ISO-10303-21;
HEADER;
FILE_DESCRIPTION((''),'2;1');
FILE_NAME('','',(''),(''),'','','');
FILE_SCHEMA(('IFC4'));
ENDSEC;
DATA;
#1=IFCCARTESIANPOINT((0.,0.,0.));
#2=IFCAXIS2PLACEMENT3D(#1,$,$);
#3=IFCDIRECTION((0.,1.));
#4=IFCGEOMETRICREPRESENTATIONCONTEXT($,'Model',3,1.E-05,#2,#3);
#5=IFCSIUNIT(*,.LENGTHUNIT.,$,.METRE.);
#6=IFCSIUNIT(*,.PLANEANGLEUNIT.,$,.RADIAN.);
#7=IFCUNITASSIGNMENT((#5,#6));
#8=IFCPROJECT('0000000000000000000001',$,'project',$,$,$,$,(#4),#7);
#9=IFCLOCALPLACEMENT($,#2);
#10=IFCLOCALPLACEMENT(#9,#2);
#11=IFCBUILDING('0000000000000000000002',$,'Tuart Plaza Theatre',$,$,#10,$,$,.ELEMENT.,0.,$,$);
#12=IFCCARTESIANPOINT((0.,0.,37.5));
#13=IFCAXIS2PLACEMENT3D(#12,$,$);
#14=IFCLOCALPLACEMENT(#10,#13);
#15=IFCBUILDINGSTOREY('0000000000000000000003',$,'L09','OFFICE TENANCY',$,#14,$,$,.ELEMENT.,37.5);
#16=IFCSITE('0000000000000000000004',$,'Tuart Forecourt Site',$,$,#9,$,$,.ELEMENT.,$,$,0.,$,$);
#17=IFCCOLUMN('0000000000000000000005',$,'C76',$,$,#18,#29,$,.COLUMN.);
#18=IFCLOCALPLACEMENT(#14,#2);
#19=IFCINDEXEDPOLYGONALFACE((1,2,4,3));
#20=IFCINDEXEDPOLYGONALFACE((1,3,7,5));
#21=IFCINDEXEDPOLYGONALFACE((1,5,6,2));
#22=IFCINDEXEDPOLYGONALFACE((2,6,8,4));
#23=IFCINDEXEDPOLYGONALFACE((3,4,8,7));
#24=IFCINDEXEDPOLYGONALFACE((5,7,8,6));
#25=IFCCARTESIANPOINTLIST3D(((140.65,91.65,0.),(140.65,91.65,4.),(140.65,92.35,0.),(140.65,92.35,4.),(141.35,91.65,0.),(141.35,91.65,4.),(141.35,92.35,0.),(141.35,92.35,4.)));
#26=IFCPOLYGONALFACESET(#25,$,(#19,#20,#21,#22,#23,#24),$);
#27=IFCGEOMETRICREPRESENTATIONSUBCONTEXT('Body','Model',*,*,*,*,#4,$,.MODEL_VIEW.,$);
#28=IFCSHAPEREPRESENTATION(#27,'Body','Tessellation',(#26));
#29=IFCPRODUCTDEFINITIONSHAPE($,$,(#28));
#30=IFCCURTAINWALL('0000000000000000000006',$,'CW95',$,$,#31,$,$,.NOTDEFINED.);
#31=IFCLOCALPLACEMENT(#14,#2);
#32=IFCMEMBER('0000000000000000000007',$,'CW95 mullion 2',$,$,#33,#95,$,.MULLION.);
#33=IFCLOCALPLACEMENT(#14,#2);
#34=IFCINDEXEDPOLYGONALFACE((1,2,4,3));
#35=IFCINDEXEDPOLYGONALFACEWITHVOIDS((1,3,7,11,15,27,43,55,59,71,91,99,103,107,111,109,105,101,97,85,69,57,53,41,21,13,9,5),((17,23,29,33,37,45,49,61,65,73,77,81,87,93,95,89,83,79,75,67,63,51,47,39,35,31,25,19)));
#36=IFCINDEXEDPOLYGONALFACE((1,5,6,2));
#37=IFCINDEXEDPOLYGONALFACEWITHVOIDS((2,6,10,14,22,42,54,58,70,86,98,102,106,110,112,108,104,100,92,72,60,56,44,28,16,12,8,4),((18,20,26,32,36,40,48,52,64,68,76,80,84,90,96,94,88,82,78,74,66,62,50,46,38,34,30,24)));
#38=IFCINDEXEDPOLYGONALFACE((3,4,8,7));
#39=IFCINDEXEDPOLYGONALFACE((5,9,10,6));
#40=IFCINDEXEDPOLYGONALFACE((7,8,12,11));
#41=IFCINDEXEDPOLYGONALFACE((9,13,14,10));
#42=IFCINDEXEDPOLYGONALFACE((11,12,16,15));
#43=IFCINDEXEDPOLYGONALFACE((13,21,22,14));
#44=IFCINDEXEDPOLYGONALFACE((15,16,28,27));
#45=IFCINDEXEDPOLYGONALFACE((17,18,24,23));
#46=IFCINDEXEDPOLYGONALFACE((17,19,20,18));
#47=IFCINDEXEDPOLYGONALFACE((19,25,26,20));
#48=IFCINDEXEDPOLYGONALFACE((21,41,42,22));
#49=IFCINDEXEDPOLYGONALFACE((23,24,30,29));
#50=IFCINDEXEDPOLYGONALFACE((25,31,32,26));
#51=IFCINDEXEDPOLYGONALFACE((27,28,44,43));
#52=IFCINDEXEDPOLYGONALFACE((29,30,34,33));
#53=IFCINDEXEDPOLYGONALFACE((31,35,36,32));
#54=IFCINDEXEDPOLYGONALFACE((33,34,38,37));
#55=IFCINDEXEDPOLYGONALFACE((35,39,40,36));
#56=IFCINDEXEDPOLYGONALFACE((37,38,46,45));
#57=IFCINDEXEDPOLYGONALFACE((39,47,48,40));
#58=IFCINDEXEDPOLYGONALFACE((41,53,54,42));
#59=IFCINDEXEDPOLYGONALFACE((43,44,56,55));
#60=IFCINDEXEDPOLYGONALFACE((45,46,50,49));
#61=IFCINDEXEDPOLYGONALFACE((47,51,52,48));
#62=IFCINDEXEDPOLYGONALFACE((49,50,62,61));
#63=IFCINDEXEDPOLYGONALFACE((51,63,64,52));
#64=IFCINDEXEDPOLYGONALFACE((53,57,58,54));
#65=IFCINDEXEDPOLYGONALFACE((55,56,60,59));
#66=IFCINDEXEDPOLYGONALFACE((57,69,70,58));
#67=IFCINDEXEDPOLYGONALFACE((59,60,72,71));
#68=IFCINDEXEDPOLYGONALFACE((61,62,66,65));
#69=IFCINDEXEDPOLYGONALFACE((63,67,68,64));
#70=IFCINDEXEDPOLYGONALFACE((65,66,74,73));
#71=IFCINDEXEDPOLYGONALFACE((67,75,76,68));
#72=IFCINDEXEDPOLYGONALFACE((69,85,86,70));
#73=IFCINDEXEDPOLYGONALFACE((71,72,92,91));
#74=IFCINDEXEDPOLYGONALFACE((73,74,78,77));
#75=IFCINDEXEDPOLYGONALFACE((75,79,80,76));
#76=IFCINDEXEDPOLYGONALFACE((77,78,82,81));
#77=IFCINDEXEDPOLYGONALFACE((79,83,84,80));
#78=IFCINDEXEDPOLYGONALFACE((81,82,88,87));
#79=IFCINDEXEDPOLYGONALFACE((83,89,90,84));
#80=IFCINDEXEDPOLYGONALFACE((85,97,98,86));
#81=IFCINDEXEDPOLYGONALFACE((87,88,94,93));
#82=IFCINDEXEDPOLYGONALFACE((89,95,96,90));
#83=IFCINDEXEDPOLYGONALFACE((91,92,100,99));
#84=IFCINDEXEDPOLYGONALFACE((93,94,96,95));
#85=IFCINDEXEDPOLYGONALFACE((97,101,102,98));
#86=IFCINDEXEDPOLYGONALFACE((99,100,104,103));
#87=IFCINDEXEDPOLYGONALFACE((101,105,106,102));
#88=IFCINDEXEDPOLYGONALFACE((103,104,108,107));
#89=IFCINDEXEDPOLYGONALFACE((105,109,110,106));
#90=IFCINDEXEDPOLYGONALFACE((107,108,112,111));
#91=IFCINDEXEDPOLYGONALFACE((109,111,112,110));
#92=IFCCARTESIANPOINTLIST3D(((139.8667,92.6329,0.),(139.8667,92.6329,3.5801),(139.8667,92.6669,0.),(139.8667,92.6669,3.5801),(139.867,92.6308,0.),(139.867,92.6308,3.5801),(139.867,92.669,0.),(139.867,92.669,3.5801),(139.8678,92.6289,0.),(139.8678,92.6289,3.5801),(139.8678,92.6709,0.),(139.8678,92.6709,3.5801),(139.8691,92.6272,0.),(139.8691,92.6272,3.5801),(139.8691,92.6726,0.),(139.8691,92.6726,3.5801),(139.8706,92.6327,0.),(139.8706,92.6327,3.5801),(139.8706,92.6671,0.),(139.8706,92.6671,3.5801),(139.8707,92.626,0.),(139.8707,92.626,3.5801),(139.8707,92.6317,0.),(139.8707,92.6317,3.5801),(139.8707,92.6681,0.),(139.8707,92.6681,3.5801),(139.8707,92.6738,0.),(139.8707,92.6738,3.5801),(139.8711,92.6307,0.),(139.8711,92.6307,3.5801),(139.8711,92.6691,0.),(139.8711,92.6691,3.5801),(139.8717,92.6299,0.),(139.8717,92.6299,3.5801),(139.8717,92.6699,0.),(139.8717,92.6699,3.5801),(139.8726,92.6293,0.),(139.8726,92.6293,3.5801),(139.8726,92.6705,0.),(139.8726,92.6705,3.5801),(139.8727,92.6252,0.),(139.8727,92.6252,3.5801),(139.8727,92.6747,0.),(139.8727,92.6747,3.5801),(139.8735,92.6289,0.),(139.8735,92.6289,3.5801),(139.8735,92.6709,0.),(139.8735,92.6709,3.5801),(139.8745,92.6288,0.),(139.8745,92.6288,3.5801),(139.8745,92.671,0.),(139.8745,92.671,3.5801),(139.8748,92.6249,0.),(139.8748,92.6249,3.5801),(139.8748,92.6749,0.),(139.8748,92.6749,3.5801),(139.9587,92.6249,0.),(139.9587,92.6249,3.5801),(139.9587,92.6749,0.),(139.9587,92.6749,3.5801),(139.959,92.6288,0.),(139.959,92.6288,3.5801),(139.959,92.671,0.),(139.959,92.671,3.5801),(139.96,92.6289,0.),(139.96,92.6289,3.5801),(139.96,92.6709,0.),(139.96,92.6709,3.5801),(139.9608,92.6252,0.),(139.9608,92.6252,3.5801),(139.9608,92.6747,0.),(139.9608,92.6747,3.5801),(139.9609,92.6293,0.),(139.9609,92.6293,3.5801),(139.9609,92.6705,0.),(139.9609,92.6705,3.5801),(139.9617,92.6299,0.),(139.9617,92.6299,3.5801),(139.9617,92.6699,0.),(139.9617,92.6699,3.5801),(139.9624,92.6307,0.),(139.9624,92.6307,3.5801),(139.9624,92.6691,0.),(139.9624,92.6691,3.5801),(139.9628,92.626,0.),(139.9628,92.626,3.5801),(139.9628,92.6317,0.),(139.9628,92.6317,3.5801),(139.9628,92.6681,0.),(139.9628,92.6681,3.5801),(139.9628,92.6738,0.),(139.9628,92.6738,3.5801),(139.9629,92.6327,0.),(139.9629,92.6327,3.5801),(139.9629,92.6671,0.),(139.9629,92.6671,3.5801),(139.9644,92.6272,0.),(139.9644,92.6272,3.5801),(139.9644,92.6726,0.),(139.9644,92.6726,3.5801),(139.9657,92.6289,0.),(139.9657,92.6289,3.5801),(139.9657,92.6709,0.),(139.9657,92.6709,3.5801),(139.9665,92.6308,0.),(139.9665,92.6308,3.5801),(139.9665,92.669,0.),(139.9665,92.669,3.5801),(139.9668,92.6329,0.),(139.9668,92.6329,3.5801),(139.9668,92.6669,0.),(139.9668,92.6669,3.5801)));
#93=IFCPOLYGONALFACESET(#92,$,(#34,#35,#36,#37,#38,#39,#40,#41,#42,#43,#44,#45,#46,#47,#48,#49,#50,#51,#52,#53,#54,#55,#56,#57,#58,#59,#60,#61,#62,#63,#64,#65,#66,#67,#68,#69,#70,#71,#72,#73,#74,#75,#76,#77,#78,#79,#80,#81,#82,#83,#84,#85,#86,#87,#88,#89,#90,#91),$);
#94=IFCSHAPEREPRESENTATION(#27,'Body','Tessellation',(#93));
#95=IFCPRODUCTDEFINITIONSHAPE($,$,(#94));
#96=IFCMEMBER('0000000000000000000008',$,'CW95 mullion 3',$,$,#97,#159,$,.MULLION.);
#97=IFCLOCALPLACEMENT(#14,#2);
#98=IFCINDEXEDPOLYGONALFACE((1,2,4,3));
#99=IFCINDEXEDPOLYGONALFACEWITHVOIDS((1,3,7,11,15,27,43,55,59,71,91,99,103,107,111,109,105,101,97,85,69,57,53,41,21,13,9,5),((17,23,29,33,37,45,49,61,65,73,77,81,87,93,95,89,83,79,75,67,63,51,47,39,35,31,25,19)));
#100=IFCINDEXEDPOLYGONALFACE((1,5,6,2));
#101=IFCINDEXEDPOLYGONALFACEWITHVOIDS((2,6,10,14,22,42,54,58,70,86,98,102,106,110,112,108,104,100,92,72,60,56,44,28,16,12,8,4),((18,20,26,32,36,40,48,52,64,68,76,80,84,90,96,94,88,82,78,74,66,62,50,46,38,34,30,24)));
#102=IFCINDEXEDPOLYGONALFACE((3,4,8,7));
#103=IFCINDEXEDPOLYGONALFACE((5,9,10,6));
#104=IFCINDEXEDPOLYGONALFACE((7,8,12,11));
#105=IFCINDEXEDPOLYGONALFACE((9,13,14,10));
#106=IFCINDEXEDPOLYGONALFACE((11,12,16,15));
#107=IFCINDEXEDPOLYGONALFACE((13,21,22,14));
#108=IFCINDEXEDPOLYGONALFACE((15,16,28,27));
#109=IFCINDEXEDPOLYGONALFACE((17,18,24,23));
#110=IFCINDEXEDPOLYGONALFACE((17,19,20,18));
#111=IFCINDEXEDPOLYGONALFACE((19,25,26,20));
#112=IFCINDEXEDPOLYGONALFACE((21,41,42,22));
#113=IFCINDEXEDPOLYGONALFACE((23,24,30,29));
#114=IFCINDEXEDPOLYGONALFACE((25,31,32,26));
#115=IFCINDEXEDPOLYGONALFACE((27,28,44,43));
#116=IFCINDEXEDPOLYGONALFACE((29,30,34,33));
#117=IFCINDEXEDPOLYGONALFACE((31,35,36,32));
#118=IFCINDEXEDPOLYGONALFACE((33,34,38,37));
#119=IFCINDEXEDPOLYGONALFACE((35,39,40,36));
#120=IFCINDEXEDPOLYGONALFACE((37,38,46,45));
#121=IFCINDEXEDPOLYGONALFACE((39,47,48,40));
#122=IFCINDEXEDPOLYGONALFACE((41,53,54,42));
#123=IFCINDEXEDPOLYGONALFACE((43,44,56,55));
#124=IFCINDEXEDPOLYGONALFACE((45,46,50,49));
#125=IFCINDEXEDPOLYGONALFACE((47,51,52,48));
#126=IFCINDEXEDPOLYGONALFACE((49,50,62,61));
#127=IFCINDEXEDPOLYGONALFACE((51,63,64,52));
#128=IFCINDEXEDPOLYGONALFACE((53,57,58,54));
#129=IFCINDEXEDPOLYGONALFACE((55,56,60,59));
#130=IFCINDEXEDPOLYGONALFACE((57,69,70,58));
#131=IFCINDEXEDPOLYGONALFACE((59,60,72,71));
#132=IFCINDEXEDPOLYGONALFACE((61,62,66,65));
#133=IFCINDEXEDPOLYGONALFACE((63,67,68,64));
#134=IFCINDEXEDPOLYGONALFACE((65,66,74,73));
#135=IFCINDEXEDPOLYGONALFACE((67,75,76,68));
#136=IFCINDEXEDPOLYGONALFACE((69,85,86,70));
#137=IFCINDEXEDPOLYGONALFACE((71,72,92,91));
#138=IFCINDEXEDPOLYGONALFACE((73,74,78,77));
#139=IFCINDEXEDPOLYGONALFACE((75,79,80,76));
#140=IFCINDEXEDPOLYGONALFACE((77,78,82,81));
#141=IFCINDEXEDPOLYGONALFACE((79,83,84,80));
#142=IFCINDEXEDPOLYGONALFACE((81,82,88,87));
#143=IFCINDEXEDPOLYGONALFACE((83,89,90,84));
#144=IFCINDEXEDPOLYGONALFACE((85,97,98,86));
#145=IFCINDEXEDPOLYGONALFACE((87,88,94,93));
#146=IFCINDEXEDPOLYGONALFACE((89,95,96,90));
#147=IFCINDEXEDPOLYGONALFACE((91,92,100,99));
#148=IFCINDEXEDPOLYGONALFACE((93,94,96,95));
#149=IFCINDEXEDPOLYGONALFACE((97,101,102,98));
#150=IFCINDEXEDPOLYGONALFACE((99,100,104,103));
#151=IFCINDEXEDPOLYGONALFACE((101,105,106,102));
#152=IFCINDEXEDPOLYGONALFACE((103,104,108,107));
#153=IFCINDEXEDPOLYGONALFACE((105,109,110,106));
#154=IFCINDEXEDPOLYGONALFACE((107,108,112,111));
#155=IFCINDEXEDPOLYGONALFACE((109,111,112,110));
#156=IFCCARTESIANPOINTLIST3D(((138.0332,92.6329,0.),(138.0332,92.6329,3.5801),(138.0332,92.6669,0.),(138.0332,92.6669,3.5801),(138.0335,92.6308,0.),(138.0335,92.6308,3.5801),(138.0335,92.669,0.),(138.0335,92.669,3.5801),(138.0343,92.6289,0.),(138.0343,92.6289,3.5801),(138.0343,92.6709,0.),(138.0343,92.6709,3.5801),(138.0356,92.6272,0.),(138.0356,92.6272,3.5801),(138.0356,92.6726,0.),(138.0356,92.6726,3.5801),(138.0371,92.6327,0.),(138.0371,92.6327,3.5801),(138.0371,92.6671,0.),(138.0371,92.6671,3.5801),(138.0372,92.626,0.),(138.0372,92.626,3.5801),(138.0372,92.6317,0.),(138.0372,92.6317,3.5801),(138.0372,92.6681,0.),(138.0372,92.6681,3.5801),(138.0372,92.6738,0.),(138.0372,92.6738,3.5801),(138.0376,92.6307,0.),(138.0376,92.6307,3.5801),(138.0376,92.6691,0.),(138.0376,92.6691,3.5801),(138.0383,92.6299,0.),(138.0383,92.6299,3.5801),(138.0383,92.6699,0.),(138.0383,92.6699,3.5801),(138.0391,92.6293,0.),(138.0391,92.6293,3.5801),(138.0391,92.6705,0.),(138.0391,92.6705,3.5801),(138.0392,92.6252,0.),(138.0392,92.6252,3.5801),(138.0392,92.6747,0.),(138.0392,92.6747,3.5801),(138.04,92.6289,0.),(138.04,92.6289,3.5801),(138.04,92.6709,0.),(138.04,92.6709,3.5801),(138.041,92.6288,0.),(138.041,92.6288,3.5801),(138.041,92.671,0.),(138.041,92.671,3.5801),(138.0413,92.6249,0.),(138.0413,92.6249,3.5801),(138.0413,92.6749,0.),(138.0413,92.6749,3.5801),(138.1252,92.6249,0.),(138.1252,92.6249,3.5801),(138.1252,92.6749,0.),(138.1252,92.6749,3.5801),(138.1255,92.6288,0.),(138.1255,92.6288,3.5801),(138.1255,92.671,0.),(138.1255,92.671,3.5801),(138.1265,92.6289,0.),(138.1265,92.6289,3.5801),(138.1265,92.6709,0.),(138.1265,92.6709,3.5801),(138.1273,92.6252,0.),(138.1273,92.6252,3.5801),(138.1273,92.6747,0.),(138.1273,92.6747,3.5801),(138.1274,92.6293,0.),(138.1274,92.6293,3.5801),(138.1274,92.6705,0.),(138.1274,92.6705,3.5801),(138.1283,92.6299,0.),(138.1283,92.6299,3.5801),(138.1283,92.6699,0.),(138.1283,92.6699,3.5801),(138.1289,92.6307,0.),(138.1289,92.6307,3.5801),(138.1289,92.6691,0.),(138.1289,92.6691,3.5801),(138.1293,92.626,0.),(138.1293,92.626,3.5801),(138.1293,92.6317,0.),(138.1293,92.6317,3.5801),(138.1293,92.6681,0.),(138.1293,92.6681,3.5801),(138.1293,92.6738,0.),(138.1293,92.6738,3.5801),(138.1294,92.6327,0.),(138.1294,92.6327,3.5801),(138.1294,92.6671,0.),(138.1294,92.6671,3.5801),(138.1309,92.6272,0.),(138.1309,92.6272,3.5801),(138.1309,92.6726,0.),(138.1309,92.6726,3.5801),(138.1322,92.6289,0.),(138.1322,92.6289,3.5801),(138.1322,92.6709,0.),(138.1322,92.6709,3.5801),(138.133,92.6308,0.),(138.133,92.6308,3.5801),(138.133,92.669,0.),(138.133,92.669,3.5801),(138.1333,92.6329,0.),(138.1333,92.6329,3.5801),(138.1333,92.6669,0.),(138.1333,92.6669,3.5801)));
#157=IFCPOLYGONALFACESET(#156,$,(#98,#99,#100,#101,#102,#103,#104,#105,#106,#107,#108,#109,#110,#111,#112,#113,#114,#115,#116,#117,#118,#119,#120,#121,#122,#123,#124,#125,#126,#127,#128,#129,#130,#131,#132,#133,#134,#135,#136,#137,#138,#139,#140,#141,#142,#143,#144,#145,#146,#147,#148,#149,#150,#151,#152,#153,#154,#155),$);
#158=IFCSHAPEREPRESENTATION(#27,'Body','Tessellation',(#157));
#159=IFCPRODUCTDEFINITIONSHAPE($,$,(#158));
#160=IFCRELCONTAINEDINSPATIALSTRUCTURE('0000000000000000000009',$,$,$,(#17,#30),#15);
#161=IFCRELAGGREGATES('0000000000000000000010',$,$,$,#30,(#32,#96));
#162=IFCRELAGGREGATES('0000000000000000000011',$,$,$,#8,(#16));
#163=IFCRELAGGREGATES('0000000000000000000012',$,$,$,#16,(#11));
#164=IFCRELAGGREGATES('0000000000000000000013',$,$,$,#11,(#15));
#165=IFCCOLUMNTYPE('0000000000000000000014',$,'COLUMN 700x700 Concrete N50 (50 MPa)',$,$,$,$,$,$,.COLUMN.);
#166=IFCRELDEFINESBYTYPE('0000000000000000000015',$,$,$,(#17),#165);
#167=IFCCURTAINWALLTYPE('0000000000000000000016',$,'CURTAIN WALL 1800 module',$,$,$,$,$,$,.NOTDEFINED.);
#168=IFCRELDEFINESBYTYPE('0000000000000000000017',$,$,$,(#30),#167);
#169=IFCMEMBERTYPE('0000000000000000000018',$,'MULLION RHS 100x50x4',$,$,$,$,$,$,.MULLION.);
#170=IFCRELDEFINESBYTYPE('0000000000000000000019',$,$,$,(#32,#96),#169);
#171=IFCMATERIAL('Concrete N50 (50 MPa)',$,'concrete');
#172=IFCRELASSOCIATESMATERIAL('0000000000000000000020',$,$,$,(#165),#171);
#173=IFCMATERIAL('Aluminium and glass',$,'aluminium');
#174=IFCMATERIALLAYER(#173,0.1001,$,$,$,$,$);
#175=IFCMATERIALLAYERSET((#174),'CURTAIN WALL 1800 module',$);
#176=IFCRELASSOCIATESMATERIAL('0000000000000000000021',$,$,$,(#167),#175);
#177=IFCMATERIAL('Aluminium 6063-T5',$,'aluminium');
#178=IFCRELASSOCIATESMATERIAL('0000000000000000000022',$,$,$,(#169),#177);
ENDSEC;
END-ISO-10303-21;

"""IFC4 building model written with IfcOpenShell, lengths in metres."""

from ifc_helpers import new_model, si_unit, direction, frame, origin, origin_2d, place, context, subcontext, project, spatial, rectangle, hollow_rectangle, extrude, material, layer, layer_set, material_profile, profile_set, type_object, element, aggregate, save


model = new_model("IFC4")

# Units and contexts
model_context = context("Model", 3, precision=1e-05, world=origin(), true_north=direction((0.0, 1.0)))
body_context = subcontext(model_context, "Body", "Model", "MODEL_VIEW")
ifc_project = project(units=[si_unit("LENGTHUNIT", "METRE"), si_unit("PLANEANGLEUNIT", "RADIAN")], contexts=[model_context])

# Site, building, storey
site_placement = place(None, origin())
site = spatial("IfcSite", under=ifc_project, at=site_placement, Name="Tuart Forecourt Site", CompositionType="ELEMENT", RefElevation=0.0)
building_placement = place(site_placement, origin())
building = spatial("IfcBuilding", under=site, at=building_placement, Name="Tuart Plaza Theatre", CompositionType="ELEMENT", ElevationOfRefHeight=0.0)
storey_placement = place(building_placement, frame((0.0, 0.0, 37.5)))
storey = spatial("IfcBuildingStorey", under=building, at=storey_placement, Name="L09", Description="OFFICE TENANCY", CompositionType="ELEMENT", Elevation=37.5)

# Column
ifc_material_1 = material(Name="Concrete N50 (50 MPa)", Category="concrete")
ifc_material_profile_1 = material_profile(ifc_material_1, rectangle(XDim=0.7, YDim=0.7, at=origin_2d()), Name="COLUMN 700x700 Concrete N50 (50 MPa)")
ifc_profile_set_1 = profile_set([ifc_material_profile_1], Name="Concrete N50 (50 MPa)")
column_type = type_object("IfcColumnType", Name="COLUMN 700x700 Concrete N50 (50 MPa)", PredefinedType="COLUMN", material=ifc_profile_set_1)
column_placement = place(storey_placement, frame((141.0, 92.0, 0.0), z_axis=(0.0, 0.0, 1.0), x_axis=(1.0, 0.0, 0.0)))
element("IfcColumn", 1, at=column_placement, inside=storey, type_object=column_type, Name="C76", PredefinedType="COLUMN", context=body_context, shape_type="SweptSolid", body=[
    extrude(rectangle(XDim=0.7, YDim=0.7, at=origin_2d()), origin(), (0.0, 0.0, 1.0), 4.0),
])

# Curtain wall, members
ifc_material_2 = material(Name="Aluminium and glass", Category="aluminium")
ifc_layer_1 = layer(ifc_material_2, 0.1001)
ifc_layer_set_1 = layer_set([ifc_layer_1], Name="CURTAIN WALL 1800 module")
curtain_wall_type = type_object("IfcCurtainWallType", Name="CURTAIN WALL 1800 module", PredefinedType="NOTDEFINED", material=ifc_layer_set_1)
curtain_wall_placement = place(storey_placement, origin())
curtain_wall = element("IfcCurtainWall", 2, at=curtain_wall_placement, inside=storey, type_object=curtain_wall_type, Name="CW95", PredefinedType="NOTDEFINED")
ifc_material_3 = material(Name="Aluminium 6063-T5", Category="aluminium")
ifc_material_profile_2 = material_profile(ifc_material_3, hollow_rectangle(XDim=0.05, YDim=0.1001, WallThickness=0.0039, InnerFilletRadius=0.0039, OuterFilletRadius=0.0081, at=origin_2d()), Name="RHS 100x50x4")
ifc_profile_set_2 = profile_set([ifc_material_profile_2], Name="Aluminium 6063-T5")
member_type_1 = type_object("IfcMemberType", Name="MULLION RHS 100x50x4", PredefinedType="MULLION", material=ifc_profile_set_2)
member_1_placement = place(storey_placement, frame((139.9167, 92.6499, 0.0), z_axis=(0.0, 0.0, 1.0), x_axis=(0.0, -1.0, 0.0)))
member_1 = element("IfcMember", 3, at=member_1_placement, type_object=member_type_1, Name="CW95 mullion 2", PredefinedType="MULLION", context=body_context, shape_type="SweptSolid", body=[
    extrude(hollow_rectangle(XDim=0.05, YDim=0.1001, WallThickness=0.0039, InnerFilletRadius=0.0039, OuterFilletRadius=0.0081, at=origin_2d()), origin(), (0.0, 0.0, 1.0), 3.5801),
])
member_2_placement = place(storey_placement, frame((138.0833, 92.6499, 0.0), z_axis=(0.0, 0.0, 1.0), x_axis=(0.0, -1.0, 0.0)))
member_2 = element("IfcMember", 4, at=member_2_placement, type_object=member_type_1, Name="CW95 mullion 3", PredefinedType="MULLION", context=body_context, shape_type="SweptSolid", body=[
    extrude(hollow_rectangle(XDim=0.05, YDim=0.1001, WallThickness=0.0039, InnerFilletRadius=0.0039, OuterFilletRadius=0.0081, at=origin_2d()), origin(), (0.0, 0.0, 1.0), 3.5801),
])
aggregate(curtain_wall, [member_1, member_2])

save(model, "model.ifc")
